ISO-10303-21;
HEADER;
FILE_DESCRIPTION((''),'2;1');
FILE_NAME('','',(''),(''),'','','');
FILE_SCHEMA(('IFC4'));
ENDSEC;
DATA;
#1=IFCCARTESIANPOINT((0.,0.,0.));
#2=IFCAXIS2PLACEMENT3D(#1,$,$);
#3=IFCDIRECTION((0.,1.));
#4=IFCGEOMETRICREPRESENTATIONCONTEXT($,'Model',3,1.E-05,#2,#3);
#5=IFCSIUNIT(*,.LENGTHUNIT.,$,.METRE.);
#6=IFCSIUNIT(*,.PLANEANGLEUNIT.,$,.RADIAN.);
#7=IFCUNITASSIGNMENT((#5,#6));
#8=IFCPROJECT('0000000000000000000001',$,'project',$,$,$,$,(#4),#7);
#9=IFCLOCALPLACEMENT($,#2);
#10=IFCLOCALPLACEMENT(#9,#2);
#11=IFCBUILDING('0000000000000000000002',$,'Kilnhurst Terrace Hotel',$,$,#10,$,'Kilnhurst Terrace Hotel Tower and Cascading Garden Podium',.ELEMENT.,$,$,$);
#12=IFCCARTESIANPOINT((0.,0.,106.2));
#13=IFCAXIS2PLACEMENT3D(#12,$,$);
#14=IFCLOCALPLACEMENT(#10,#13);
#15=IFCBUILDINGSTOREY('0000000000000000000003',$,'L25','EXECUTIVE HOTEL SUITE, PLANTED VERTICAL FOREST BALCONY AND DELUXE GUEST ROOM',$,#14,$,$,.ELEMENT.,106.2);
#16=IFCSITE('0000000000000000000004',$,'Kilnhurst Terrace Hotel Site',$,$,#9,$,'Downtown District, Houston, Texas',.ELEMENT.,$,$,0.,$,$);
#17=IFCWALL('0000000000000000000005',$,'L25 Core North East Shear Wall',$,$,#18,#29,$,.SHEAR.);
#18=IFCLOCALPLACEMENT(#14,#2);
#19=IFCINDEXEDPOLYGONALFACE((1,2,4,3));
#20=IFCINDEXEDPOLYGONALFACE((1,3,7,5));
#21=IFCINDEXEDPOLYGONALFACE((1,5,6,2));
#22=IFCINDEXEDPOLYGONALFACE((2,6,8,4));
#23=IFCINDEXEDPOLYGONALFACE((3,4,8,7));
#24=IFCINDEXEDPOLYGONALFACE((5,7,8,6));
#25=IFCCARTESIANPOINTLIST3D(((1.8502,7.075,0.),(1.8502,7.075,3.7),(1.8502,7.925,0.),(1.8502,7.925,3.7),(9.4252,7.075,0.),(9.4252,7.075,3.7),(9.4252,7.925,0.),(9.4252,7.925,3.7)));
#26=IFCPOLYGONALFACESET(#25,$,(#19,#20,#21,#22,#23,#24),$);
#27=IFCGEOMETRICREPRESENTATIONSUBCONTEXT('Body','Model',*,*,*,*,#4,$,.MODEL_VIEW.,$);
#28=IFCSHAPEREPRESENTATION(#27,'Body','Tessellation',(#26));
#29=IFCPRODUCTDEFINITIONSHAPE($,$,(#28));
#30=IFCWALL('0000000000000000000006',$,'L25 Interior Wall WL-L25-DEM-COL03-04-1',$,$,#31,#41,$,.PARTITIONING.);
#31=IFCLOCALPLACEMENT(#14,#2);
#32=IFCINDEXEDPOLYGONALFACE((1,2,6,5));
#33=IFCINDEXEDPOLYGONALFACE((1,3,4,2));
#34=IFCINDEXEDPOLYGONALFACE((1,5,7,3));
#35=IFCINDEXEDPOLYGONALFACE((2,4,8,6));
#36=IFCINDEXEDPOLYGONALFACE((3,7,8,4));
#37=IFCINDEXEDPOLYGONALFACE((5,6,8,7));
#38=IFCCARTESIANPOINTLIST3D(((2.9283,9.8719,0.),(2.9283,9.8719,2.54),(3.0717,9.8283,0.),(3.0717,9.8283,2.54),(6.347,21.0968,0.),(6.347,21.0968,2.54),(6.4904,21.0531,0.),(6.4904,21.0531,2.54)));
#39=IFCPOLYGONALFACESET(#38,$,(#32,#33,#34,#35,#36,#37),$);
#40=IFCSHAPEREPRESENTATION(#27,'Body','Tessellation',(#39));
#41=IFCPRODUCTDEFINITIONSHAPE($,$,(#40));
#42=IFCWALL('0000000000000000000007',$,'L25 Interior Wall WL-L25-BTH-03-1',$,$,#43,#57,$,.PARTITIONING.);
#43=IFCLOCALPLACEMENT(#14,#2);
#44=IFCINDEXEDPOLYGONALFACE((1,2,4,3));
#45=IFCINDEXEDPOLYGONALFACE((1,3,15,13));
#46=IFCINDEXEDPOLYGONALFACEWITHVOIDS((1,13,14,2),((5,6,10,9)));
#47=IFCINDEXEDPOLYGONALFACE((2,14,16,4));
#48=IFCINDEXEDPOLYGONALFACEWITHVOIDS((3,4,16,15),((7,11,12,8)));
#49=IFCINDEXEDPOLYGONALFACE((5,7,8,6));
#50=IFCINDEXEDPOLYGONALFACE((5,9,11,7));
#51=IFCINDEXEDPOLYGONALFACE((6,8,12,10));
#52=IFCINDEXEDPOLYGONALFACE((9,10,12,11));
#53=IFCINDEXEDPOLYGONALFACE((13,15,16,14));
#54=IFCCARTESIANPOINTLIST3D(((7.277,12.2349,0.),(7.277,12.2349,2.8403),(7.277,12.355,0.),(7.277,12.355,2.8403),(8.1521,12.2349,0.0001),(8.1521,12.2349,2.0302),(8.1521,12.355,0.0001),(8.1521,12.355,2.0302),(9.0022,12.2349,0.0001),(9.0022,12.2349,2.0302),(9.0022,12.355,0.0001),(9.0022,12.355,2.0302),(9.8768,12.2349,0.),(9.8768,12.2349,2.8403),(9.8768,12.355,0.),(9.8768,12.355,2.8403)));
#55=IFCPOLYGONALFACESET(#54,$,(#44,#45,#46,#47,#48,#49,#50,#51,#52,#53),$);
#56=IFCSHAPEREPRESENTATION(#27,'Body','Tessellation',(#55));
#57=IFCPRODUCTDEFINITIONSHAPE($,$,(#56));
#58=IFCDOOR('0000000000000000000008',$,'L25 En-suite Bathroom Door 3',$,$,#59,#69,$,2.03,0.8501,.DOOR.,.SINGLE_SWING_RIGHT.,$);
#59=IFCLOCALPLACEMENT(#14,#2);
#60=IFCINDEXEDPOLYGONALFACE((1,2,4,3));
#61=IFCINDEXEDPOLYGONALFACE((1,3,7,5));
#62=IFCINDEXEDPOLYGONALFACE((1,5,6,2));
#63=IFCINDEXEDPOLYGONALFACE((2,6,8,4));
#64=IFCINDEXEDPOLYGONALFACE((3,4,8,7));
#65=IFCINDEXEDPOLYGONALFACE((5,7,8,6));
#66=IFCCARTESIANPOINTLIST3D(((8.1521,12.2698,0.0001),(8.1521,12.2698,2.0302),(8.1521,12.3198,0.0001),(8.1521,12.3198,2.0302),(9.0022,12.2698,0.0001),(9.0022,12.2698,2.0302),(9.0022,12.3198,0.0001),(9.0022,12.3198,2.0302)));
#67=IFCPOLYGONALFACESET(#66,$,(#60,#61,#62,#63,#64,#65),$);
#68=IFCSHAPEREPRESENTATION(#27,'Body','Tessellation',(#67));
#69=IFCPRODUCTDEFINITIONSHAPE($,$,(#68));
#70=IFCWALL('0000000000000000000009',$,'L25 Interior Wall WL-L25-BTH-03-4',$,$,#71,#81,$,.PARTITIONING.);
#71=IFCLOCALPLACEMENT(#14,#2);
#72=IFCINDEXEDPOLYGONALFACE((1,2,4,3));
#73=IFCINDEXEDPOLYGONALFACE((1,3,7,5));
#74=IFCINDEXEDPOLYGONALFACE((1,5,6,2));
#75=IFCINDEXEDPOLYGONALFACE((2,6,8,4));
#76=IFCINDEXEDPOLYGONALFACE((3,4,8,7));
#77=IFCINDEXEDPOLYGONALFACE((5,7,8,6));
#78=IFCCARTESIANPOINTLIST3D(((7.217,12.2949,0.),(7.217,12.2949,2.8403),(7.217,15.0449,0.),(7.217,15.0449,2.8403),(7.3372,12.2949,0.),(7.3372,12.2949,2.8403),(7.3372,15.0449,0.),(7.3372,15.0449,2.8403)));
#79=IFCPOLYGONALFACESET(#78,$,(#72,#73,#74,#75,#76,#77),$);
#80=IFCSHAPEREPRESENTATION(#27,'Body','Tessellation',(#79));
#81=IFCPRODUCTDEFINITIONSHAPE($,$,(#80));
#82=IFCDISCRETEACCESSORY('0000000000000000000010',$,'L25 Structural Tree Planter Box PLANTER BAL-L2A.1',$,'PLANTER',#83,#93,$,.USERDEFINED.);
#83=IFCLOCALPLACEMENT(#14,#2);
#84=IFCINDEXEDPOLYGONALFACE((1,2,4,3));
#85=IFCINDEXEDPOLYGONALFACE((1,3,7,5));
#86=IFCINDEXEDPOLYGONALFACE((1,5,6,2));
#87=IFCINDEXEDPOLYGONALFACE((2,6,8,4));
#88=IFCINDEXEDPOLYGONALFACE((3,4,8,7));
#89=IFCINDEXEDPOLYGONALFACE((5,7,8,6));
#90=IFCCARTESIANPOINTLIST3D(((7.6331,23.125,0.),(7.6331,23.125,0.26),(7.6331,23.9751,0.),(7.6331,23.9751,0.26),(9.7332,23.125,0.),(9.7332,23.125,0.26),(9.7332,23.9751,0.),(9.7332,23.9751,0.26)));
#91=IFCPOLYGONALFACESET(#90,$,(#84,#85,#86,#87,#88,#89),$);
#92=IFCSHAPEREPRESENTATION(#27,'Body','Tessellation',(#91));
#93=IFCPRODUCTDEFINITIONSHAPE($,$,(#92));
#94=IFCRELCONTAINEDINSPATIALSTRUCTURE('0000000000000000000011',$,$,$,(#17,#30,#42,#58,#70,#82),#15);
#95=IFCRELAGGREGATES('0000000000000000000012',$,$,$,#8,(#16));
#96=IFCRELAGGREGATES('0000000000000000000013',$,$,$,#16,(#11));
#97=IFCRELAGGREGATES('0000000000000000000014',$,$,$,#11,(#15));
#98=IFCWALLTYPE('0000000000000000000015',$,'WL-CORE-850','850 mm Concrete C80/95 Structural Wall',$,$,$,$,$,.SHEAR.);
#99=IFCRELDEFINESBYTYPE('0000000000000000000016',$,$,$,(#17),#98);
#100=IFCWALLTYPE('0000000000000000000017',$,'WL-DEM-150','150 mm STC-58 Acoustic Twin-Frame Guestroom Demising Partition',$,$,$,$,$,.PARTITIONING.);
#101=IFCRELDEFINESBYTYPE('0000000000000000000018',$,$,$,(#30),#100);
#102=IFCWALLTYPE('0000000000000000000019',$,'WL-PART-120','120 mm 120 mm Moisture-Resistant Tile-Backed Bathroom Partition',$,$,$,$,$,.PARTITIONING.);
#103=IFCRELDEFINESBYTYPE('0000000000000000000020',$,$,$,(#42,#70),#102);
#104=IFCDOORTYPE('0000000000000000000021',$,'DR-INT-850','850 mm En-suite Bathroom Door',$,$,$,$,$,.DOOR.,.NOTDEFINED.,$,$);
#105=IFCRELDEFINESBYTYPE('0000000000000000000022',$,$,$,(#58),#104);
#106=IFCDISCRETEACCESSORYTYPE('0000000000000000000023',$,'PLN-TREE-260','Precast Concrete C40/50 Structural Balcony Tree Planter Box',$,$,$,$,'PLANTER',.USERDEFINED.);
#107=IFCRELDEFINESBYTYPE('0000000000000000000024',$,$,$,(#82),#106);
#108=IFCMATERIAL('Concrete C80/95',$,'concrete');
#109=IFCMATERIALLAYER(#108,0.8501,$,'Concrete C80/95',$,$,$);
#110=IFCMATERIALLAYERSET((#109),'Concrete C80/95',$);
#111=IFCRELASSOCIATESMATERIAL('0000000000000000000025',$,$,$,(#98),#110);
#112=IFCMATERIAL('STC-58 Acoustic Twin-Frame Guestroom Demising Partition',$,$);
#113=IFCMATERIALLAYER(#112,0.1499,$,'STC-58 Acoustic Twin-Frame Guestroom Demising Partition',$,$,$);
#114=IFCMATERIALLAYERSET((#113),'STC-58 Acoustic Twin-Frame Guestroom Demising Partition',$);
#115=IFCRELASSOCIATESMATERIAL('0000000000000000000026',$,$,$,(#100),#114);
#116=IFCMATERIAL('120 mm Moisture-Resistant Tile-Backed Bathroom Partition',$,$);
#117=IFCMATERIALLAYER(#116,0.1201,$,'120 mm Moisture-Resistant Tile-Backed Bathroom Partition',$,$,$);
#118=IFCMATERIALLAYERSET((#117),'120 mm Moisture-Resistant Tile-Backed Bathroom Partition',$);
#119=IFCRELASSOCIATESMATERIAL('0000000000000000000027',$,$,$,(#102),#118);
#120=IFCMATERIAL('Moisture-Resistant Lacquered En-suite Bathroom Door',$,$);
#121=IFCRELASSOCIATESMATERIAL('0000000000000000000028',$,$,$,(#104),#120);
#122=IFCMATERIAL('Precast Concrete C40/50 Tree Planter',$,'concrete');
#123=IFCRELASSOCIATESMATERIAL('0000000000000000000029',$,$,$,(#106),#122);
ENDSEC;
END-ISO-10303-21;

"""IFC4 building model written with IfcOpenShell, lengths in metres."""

from ifc_helpers import new_model, si_unit, direction, frame, frame_2d, origin, origin_2d, place, context, subcontext, project, spatial, rectangle, extrude, material, layer, layer_set, type_object, element, fill, save


model = new_model("IFC4")

# Units and contexts
model_context = context("Model", 3, precision=1e-05, world=origin(), true_north=direction((0.0, 1.0)))
body_context = subcontext(model_context, "Body", "Model", "MODEL_VIEW")
ifc_project = project(units=[si_unit("LENGTHUNIT", "METRE"), si_unit("PLANEANGLEUNIT", "RADIAN")], contexts=[model_context])

# Site, building, storey
site_placement = place(None, origin())
site = spatial("IfcSite", under=ifc_project, at=site_placement, Name="Kilnhurst Terrace Hotel Site", LongName="Downtown District, Houston, Texas", CompositionType="ELEMENT", RefElevation=0.0)
building_placement = place(site_placement, origin())
building = spatial("IfcBuilding", under=site, at=building_placement, Name="Kilnhurst Terrace Hotel", LongName="Kilnhurst Terrace Hotel Tower and Cascading Garden Podium", CompositionType="ELEMENT")
storey_placement = place(building_placement, frame((0.0, 0.0, 106.2)))
storey = spatial("IfcBuildingStorey", under=building, at=storey_placement, Name="L25", Description="EXECUTIVE HOTEL SUITE, PLANTED VERTICAL FOREST BALCONY AND DELUXE GUEST ROOM", CompositionType="ELEMENT", Elevation=106.2)

# Shared definitions
ifc_material_1 = material(Name="Concrete C80/95", Category="concrete")

# Walls
ifc_layer_1 = layer(ifc_material_1, 0.8501, Name="Concrete C80/95")
ifc_layer_set_1 = layer_set([ifc_layer_1], Name="Concrete C80/95")
wall_type_1 = type_object("IfcWallType", Name="WL-CORE-850", Description="850 mm Concrete C80/95 Structural Wall", PredefinedType="SHEAR", material=ifc_layer_set_1)
wall_1_placement = place(storey_placement, frame((1.8501, 7.5, 0.0), z_axis=(0.0, 0.0, 1.0), x_axis=(1.0, 0.0, 0.0)))
element("IfcWall", 1, at=wall_1_placement, inside=storey, type_object=wall_type_1, Name="L25 Core North East Shear Wall", PredefinedType="SHEAR", context=body_context, shape_type="SweptSolid", body=[
    extrude(rectangle(XDim=7.575, YDim=0.8501, at=frame_2d((3.7876, 0.0))), origin(), (0.0, 0.0, 1.0), 3.7),
])
ifc_material_2 = material(Name="STC-58 Acoustic Twin-Frame Guestroom Demising Partition")
ifc_layer_2 = layer(ifc_material_2, 0.1499, Name="STC-58 Acoustic Twin-Frame Guestroom Demising Partition")
ifc_layer_set_2 = layer_set([ifc_layer_2], Name="STC-58 Acoustic Twin-Frame Guestroom Demising Partition")
wall_type_2 = type_object("IfcWallType", Name="WL-DEM-150", Description="150 mm STC-58 Acoustic Twin-Frame Guestroom Demising Partition", PredefinedType="PARTITIONING", material=ifc_layer_set_2)
wall_2_placement = place(storey_placement, frame((3.0, 9.8501, 0.0), z_axis=(0.0, 0.0, 1.0), x_axis=(0.291352, 0.956616, 0.0)))
element("IfcWall", 2, at=wall_2_placement, inside=storey, type_object=wall_type_2, Name="L25 Interior Wall WL-L25-DEM-COL03-04-1", PredefinedType="PARTITIONING", context=body_context, shape_type="SweptSolid", body=[
    extrude(rectangle(XDim=11.7339, YDim=0.1499, at=frame_2d((5.8669, 0.0))), origin(), (0.0, 0.0, 1.0), 2.54),
])

# Wall, opening, door
ifc_material_3 = material(Name="120 mm Moisture-Resistant Tile-Backed Bathroom Partition")
ifc_layer_3 = layer(ifc_material_3, 0.1201, Name="120 mm Moisture-Resistant Tile-Backed Bathroom Partition")
ifc_layer_set_3 = layer_set([ifc_layer_3], Name="120 mm Moisture-Resistant Tile-Backed Bathroom Partition")
wall_type_3 = type_object("IfcWallType", Name="WL-PART-120", Description="120 mm 120 mm Moisture-Resistant Tile-Backed Bathroom Partition", PredefinedType="PARTITIONING", material=ifc_layer_set_3)
wall_3_placement = place(storey_placement, frame((7.2771, 12.2949, 0.0), z_axis=(0.0, 0.0, 1.0), x_axis=(1.0, 0.0, 0.0)))
wall_3 = element("IfcWall", 3, at=wall_3_placement, inside=storey, type_object=wall_type_3, Name="L25 Interior Wall WL-L25-BTH-03-1", PredefinedType="PARTITIONING", context=body_context, shape_type="SweptSolid", body=[
    extrude(rectangle(XDim=2.5999, YDim=0.1201, at=frame_2d((1.2998, 0.0))), origin(), (0.0, 0.0, 1.0), 2.8403),
])
opening_placement = place(wall_3_placement, frame((0.875, 0.0, 0.0)))
opening = element("IfcOpeningElement", 4, at=opening_placement, cuts=wall_3, PredefinedType="OPENING", context=body_context, shape_type="SweptSolid", body=[
    extrude(rectangle(XDim=0.8501, YDim=2.03, at=frame_2d((0.425, 1.0151))), frame((0.0, 0.0701, 0.0), z_axis=(0.0, -1.0, 0.0), x_axis=(1.0, 0.0, 0.0)), (0.0, 0.0, 1.0), 0.1401),
])
ifc_material_4 = material(Name="Moisture-Resistant Lacquered En-suite Bathroom Door")
door_type = type_object("IfcDoorType", Name="DR-INT-850", Description="850 mm En-suite Bathroom Door", OperationType="NOTDEFINED", PredefinedType="DOOR", material=ifc_material_4)
door_placement = place(opening_placement, origin())
door = element("IfcDoor", 5, at=door_placement, inside=storey, type_object=door_type, Name="L25 En-suite Bathroom Door 3", OperationType="SINGLE_SWING_RIGHT", OverallHeight=2.03, OverallWidth=0.8501, PredefinedType="DOOR", context=body_context, shape_type="SweptSolid", body=[
    extrude(rectangle(XDim=0.8501, YDim=2.03, at=frame_2d((0.425, 1.0151))), frame((0.0, 0.0249, 0.0), z_axis=(0.0, -1.0, 0.0), x_axis=(1.0, 0.0, 0.0)), (0.0, 0.0, 1.0), 0.05),
])
fill(opening, door)

# Wall
wall_4_placement = place(storey_placement, frame((7.2771, 15.0449, 0.0), z_axis=(0.0, 0.0, 1.0), x_axis=(0.0, -1.0, 0.0)))
element("IfcWall", 6, at=wall_4_placement, inside=storey, type_object=wall_type_3, Name="L25 Interior Wall WL-L25-BTH-03-4", PredefinedType="PARTITIONING", context=body_context, shape_type="SweptSolid", body=[
    extrude(rectangle(XDim=2.75, YDim=0.1201, at=frame_2d((1.375, 0.0))), origin(), (0.0, 0.0, 1.0), 2.8403),
])

# Discrete accessory
ifc_material_5 = material(Name="Precast Concrete C40/50 Tree Planter", Category="concrete")
discrete_accessory_type = type_object("IfcDiscreteAccessoryType", Name="PLN-TREE-260", Description="Precast Concrete C40/50 Structural Balcony Tree Planter Box", ElementType="PLANTER", PredefinedType="USERDEFINED", material=ifc_material_5)
discrete_accessory_placement = place(storey_placement, frame((8.6831, 23.55, 0.0), z_axis=(0.0, 0.0, 1.0), x_axis=(-1.0, 0.0, 0.0)))
element("IfcDiscreteAccessory", 7, at=discrete_accessory_placement, inside=storey, type_object=discrete_accessory_type, Name="L25 Structural Tree Planter Box PLANTER BAL-L2A.1", ObjectType="PLANTER", PredefinedType="USERDEFINED", context=body_context, shape_type="SweptSolid", body=[
    extrude(rectangle(XDim=2.1001, YDim=0.8501, at=origin_2d()), origin(), (0.0, 0.0, 1.0), 0.26),
])

save(model, "model.ifc")
